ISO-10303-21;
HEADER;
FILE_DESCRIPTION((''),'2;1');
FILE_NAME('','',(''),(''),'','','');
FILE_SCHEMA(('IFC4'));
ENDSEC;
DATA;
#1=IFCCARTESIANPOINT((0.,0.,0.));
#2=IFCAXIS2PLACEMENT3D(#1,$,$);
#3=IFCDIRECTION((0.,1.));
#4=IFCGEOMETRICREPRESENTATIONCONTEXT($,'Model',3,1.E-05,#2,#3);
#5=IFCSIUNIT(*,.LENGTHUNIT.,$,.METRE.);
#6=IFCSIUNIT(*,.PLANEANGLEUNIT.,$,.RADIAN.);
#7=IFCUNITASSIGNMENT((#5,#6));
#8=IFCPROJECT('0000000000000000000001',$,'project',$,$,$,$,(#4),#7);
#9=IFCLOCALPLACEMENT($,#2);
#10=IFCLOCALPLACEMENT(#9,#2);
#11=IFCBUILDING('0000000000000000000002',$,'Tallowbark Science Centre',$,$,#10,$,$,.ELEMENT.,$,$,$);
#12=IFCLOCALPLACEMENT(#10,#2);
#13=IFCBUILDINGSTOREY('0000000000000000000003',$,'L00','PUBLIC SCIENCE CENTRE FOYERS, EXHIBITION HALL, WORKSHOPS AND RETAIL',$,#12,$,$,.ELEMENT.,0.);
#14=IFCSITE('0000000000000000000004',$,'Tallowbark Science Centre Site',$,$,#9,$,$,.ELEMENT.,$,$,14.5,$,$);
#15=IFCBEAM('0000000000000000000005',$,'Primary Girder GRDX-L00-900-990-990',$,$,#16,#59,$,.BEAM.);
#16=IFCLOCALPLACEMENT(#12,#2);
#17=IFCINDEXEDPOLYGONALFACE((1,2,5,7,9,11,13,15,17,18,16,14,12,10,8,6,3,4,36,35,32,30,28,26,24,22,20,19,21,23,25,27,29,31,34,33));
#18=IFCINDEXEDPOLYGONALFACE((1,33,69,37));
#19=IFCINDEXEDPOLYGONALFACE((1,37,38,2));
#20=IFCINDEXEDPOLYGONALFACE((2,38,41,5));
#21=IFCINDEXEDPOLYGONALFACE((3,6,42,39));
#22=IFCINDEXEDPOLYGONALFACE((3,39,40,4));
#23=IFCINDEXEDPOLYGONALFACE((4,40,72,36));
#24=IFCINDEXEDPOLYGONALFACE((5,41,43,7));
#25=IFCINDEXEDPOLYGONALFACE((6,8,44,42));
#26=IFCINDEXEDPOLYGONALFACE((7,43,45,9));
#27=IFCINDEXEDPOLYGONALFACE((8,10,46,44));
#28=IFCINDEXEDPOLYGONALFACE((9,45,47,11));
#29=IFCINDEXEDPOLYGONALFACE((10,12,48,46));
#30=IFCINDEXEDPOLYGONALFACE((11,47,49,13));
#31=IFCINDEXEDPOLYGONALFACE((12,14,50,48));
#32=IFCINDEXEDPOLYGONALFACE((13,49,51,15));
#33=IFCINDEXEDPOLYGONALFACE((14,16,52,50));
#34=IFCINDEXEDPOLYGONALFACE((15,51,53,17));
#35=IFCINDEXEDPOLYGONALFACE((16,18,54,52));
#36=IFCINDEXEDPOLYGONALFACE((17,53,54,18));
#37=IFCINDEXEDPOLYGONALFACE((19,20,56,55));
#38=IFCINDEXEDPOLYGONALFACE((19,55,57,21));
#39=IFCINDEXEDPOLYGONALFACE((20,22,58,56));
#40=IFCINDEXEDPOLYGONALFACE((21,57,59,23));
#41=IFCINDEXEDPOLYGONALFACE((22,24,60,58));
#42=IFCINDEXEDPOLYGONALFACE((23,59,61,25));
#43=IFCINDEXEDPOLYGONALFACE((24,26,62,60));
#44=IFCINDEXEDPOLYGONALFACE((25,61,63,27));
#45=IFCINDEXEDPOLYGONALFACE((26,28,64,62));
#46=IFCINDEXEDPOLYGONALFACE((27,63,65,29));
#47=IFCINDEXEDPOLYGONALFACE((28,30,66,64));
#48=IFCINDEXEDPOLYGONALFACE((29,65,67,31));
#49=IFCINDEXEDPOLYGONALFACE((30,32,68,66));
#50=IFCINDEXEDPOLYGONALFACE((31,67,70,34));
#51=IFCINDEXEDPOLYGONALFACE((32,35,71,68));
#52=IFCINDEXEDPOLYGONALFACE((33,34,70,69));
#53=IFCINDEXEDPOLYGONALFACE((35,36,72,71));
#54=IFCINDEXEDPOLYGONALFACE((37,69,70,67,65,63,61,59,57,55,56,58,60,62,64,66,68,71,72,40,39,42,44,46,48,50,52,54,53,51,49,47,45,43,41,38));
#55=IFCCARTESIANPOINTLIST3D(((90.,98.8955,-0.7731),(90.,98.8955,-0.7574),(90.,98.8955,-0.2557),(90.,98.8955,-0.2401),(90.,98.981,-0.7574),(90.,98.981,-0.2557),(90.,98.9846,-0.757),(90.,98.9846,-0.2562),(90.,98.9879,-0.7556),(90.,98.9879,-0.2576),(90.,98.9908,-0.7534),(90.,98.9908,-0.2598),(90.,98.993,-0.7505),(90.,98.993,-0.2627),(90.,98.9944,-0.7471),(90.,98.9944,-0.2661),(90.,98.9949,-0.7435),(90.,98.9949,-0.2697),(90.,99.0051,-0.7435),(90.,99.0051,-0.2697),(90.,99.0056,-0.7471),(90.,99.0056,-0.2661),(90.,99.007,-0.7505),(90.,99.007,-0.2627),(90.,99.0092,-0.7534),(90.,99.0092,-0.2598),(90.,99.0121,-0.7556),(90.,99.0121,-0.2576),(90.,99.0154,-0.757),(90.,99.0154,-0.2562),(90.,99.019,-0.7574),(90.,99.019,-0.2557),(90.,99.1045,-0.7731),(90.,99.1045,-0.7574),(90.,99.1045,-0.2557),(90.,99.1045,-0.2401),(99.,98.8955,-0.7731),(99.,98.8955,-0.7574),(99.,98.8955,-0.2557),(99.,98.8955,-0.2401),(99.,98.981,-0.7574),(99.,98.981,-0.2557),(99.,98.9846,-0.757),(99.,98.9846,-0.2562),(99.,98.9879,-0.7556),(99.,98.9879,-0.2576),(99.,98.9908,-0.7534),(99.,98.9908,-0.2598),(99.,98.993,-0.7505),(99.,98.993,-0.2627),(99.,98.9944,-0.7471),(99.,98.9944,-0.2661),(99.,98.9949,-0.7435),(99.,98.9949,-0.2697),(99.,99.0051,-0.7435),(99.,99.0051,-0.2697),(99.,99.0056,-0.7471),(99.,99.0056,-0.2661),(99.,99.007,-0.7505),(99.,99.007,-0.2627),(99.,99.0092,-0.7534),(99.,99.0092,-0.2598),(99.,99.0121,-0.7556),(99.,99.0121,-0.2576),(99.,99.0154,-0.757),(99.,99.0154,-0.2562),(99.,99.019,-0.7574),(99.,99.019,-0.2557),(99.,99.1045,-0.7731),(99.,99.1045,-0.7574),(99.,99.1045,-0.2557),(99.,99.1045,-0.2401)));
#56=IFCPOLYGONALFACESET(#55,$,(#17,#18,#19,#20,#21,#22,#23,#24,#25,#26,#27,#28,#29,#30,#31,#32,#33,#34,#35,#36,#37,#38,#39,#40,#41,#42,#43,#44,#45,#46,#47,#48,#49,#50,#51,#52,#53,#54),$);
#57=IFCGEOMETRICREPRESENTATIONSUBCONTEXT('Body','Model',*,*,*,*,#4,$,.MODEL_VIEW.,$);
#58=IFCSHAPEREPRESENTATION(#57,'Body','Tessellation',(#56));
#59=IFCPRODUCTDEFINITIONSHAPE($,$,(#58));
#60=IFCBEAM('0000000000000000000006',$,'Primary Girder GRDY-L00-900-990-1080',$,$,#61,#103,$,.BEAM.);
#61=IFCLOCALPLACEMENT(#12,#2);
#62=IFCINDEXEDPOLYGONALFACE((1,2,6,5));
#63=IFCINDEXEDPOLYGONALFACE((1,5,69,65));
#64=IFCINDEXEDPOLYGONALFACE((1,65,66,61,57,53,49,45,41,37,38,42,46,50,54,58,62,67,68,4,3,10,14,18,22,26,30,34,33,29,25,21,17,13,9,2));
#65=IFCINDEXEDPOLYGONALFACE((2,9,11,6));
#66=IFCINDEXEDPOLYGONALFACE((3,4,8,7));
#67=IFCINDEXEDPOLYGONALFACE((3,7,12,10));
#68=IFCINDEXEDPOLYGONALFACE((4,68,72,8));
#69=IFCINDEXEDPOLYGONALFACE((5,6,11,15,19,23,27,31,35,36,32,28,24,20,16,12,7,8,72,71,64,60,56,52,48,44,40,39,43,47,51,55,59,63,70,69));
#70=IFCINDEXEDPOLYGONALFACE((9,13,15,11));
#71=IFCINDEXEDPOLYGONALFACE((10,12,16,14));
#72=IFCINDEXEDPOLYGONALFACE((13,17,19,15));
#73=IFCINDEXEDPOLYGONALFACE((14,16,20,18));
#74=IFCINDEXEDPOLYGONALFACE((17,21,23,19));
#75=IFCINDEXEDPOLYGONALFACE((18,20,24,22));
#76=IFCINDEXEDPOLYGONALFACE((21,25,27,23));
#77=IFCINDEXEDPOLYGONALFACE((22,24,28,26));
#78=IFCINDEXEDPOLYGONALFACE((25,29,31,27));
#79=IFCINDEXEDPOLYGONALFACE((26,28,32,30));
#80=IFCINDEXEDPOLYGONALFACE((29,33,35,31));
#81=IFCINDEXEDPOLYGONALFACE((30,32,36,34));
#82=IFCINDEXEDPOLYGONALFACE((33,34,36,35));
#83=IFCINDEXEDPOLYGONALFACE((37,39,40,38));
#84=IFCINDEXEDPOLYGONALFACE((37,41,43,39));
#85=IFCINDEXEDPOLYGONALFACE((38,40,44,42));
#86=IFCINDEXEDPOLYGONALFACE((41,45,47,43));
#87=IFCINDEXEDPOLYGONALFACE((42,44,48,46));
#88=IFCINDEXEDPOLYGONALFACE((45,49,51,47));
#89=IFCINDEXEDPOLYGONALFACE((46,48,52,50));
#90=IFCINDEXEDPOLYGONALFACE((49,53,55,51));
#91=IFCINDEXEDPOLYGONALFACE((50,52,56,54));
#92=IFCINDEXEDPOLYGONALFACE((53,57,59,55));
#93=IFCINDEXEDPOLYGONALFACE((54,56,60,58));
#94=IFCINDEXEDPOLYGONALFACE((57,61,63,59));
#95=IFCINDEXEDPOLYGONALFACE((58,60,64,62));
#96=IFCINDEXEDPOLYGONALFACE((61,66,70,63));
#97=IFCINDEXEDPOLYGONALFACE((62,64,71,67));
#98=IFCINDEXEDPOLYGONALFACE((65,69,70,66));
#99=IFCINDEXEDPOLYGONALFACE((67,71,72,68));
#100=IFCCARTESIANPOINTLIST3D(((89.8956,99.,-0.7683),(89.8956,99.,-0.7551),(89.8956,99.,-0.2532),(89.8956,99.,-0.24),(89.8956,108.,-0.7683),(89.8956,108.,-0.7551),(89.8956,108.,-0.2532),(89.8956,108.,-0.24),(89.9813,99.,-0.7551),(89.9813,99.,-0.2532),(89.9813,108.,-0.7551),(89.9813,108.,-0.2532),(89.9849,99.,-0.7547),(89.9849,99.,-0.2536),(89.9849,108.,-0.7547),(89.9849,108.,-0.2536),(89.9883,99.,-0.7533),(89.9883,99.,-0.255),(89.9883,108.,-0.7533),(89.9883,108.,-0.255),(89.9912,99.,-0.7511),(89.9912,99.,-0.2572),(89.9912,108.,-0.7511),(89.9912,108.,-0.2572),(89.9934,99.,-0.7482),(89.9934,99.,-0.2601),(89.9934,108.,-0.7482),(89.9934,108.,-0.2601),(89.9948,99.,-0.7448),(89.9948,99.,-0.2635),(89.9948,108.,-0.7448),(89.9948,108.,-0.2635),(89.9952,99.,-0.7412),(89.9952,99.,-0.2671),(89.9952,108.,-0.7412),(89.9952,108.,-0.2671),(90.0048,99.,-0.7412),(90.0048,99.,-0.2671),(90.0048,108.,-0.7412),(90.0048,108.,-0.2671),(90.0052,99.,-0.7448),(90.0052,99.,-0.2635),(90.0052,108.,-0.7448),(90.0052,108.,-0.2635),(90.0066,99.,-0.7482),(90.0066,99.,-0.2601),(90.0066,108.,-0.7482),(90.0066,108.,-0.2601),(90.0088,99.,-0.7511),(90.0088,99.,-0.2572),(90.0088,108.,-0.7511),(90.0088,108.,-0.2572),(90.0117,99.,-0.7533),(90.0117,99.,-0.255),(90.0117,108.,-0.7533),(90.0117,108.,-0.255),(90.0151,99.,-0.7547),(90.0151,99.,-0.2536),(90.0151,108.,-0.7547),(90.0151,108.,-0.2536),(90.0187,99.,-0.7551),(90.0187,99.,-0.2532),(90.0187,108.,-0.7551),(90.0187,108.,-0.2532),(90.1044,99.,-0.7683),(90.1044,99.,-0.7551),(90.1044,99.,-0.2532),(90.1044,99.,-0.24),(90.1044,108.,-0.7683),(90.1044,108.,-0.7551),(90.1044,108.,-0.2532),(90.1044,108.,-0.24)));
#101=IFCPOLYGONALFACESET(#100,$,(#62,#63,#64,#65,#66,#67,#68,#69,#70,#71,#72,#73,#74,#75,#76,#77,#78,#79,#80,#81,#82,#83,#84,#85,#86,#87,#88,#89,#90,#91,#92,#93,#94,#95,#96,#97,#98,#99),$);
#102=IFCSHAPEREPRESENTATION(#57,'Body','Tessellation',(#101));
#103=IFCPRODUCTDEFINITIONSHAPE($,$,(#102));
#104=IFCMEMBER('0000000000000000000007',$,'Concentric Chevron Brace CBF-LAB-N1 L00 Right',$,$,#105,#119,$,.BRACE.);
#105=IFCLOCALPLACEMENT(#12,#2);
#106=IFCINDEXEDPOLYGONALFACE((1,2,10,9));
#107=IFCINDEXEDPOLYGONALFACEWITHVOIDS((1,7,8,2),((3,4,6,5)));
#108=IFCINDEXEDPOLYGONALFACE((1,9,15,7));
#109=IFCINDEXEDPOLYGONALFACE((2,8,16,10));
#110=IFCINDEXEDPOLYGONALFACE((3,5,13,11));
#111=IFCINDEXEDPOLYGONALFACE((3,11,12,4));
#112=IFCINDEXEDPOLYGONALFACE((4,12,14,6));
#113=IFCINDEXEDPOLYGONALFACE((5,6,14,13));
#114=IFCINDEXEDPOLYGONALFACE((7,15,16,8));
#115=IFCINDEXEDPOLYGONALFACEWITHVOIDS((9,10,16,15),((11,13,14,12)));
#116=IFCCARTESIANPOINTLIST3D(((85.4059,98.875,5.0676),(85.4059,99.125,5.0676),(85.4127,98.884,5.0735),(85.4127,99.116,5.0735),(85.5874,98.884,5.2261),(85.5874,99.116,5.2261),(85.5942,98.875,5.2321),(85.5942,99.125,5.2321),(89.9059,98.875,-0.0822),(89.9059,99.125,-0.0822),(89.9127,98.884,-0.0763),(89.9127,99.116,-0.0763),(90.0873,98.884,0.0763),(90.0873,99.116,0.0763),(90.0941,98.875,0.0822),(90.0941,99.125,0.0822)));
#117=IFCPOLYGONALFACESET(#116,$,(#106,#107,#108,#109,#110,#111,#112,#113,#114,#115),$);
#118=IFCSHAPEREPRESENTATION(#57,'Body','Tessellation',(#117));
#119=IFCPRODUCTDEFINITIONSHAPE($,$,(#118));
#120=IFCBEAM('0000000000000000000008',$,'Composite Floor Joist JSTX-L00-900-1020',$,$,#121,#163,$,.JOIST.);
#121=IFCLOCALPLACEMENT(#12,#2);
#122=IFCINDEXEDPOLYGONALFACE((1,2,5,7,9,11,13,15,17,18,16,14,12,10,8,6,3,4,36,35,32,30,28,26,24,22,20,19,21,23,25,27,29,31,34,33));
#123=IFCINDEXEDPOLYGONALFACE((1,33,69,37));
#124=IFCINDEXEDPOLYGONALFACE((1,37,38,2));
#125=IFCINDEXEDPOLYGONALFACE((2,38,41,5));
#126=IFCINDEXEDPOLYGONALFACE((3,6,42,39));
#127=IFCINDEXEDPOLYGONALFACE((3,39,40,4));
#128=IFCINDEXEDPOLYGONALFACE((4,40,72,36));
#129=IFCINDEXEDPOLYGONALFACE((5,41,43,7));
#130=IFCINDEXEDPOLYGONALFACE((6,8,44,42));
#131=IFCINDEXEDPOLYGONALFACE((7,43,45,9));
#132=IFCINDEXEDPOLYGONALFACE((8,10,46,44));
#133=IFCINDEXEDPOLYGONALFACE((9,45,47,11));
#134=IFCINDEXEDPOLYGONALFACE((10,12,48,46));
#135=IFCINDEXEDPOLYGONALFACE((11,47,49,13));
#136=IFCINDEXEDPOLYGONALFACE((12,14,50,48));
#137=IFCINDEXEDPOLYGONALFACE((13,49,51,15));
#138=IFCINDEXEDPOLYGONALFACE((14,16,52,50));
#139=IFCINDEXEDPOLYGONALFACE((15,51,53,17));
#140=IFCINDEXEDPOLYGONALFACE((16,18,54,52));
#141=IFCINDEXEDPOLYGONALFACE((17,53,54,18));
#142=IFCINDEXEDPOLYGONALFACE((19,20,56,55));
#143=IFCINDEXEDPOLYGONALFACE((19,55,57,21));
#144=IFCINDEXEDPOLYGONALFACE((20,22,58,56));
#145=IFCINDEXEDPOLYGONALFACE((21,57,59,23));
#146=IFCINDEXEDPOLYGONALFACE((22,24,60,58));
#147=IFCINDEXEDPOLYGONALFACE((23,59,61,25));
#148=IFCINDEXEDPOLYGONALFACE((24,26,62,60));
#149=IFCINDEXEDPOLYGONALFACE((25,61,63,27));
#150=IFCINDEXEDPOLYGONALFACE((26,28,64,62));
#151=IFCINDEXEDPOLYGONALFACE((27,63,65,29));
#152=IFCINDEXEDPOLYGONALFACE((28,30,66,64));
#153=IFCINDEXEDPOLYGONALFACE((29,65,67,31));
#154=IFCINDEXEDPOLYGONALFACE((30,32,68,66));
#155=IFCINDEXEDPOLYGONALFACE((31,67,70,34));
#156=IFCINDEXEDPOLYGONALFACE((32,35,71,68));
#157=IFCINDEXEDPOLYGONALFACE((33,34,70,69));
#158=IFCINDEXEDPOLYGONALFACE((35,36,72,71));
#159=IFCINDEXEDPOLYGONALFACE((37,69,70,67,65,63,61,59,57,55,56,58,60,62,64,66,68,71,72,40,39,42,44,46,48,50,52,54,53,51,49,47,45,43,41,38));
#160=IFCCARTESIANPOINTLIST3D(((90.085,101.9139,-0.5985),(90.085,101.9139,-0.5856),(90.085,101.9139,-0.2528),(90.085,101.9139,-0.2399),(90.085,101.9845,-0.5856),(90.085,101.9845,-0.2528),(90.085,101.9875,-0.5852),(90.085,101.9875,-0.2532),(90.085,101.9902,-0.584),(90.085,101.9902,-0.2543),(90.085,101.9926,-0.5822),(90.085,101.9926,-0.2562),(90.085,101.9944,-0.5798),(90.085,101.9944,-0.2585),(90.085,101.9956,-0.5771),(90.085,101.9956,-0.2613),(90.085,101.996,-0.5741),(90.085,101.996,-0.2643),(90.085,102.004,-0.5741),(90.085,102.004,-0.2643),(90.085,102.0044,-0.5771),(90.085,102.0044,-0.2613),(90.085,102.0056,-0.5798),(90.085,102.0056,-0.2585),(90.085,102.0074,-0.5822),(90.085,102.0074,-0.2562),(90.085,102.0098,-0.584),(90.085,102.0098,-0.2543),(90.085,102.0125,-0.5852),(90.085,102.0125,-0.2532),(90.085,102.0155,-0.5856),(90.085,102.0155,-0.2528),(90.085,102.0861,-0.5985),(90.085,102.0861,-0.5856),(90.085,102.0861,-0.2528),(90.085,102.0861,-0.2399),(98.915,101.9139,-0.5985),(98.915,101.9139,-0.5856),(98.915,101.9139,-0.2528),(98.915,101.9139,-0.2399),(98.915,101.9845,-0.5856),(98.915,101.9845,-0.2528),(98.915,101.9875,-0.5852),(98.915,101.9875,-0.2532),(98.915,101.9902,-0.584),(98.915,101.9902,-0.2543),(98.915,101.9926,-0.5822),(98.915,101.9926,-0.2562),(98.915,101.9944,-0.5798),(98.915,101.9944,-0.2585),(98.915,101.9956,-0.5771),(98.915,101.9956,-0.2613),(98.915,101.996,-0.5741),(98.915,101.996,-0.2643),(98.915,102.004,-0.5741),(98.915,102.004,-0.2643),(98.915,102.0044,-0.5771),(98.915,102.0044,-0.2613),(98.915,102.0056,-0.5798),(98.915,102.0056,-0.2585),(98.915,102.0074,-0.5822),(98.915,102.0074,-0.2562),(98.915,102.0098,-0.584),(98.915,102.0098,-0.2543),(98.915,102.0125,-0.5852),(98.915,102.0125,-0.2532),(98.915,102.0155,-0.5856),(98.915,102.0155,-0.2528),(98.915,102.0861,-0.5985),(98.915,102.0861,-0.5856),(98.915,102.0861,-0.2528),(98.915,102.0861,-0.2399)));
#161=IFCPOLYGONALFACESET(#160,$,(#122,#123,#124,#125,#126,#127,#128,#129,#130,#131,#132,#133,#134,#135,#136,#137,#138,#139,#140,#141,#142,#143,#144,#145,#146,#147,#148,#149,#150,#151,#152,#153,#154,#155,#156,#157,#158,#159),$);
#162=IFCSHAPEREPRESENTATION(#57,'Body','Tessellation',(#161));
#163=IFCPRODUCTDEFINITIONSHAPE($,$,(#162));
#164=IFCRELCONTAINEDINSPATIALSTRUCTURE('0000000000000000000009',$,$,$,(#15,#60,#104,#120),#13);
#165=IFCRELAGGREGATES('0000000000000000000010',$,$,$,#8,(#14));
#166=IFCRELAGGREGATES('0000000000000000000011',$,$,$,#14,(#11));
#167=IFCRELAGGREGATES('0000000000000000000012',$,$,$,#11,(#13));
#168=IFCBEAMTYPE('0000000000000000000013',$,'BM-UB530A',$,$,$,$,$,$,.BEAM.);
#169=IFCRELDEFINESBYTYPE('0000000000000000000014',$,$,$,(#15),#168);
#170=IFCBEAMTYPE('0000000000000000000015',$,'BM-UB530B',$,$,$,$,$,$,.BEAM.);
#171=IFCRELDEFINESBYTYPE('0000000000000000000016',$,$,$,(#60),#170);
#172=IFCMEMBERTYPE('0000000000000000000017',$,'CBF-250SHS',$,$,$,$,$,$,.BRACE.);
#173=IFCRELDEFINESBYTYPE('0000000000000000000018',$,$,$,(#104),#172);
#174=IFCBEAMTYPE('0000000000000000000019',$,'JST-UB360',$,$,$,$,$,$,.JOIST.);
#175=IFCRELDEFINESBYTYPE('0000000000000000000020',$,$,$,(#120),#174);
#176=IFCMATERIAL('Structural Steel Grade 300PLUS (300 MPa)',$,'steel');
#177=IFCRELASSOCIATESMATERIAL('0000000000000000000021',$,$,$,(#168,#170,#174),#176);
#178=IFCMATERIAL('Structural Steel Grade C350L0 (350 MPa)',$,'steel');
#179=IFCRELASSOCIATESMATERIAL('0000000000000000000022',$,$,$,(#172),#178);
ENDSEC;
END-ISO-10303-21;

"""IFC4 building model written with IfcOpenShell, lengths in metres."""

from ifc_helpers import new_model, si_unit, direction, frame, origin, origin_2d, place, context, subcontext, project, spatial, hollow_rectangle, i_section, extrude, material, material_profile, profile_set, type_object, element, save


model = new_model("IFC4")

# Units and contexts
model_context = context("Model", 3, precision=1e-05, world=origin(), true_north=direction((0.0, 1.0)))
body_context = subcontext(model_context, "Body", "Model", "MODEL_VIEW")
ifc_project = project(units=[si_unit("LENGTHUNIT", "METRE"), si_unit("PLANEANGLEUNIT", "RADIAN")], contexts=[model_context])

# Site, building, storey
site_placement = place(None, origin())
site = spatial("IfcSite", under=ifc_project, at=site_placement, Name="Tallowbark Science Centre Site", CompositionType="ELEMENT", RefElevation=14.5)
building_placement = place(site_placement, origin())
building = spatial("IfcBuilding", under=site, at=building_placement, Name="Tallowbark Science Centre", CompositionType="ELEMENT")
storey_placement = place(building_placement, origin())
storey = spatial("IfcBuildingStorey", under=building, at=storey_placement, Name="L00", Description="PUBLIC SCIENCE CENTRE FOYERS, EXHIBITION HALL, WORKSHOPS AND RETAIL", CompositionType="ELEMENT", Elevation=0.0)

# Shared definitions
ifc_material_1 = material(Name="Structural Steel Grade 300PLUS (300 MPa)", Category="steel")

# Beams
ifc_material_profile_1 = material_profile(ifc_material_1, i_section(OverallWidth=0.209, OverallDepth=0.533, WebThickness=0.0103, FlangeThickness=0.0156, FilletRadius=0.0139, at=origin_2d()), Name="530UB92.4")
ifc_profile_set_1 = profile_set([ifc_material_profile_1], Name="Structural Steel Grade 300PLUS (300 MPa)")
beam_type_1 = type_object("IfcBeamType", Name="BM-UB530A", PredefinedType="BEAM", material=ifc_profile_set_1)
beam_1_placement = place(storey_placement, frame((90.0, 99.0, -0.5066), z_axis=(1.0, 0.0, 0.0), x_axis=(0.0, 1.0, 0.0)))
element("IfcBeam", 1, at=beam_1_placement, inside=storey, type_object=beam_type_1, Name="Primary Girder GRDX-L00-900-990-990", PredefinedType="BEAM", context=body_context, shape_type="SweptSolid", body=[
    extrude(i_section(OverallWidth=0.209, OverallDepth=0.533, WebThickness=0.0103, FlangeThickness=0.0156, FilletRadius=0.0139, at=origin_2d()), origin(), (0.0, 0.0, 1.0), 9.0),
])
ifc_material_profile_2 = material_profile(ifc_material_1, i_section(OverallWidth=0.2087, OverallDepth=0.5283, WebThickness=0.0095, FlangeThickness=0.0132, FilletRadius=0.0139, at=origin_2d()), Name="530UB82.0")
ifc_profile_set_2 = profile_set([ifc_material_profile_2], Name="Structural Steel Grade 300PLUS (300 MPa)")
beam_type_2 = type_object("IfcBeamType", Name="BM-UB530B", PredefinedType="BEAM", material=ifc_profile_set_2)
beam_2_placement = place(storey_placement, frame((90.0, 99.0, -0.5042), z_axis=(0.0, 1.0, 0.0), x_axis=(-1.0, 0.0, 0.0)))
element("IfcBeam", 2, at=beam_2_placement, inside=storey, type_object=beam_type_2, Name="Primary Girder GRDY-L00-900-990-1080", PredefinedType="BEAM", context=body_context, shape_type="SweptSolid", body=[
    extrude(i_section(OverallWidth=0.2087, OverallDepth=0.5283, WebThickness=0.0095, FlangeThickness=0.0132, FilletRadius=0.0139, at=origin_2d()), origin(), (0.0, 0.0, 1.0), 9.0),
])

# Member
ifc_material_2 = material(Name="Structural Steel Grade C350L0 (350 MPa)", Category="steel")
ifc_material_profile_3 = material_profile(ifc_material_2, hollow_rectangle(XDim=0.25, YDim=0.25, WallThickness=0.009, at=origin_2d()), Name="250x250x9.0SHS")
ifc_profile_set_3 = profile_set([ifc_material_profile_3], Name="Structural Steel Grade C350L0 (350 MPa)")
member_type = type_object("IfcMemberType", Name="CBF-250SHS", PredefinedType="BRACE", material=ifc_profile_set_3)
member_placement = place(storey_placement, frame((90.0, 99.0, 0.0), z_axis=(-0.657994, 0.0, 0.753023), x_axis=(0.0, -1.0, 0.0)))
element("IfcMember", 3, at=member_placement, inside=storey, type_object=member_type, Name="Concentric Chevron Brace CBF-LAB-N1 L00 Right", PredefinedType="BRACE", context=body_context, shape_type="SweptSolid", body=[
    extrude(hollow_rectangle(XDim=0.25, YDim=0.25, WallThickness=0.009, at=origin_2d()), origin(), (0.0, 0.0, 1.0), 6.8389),
])

# Beam
ifc_material_profile_4 = material_profile(ifc_material_1, i_section(OverallWidth=0.1721, OverallDepth=0.3586, WebThickness=0.0081, FlangeThickness=0.0129, FilletRadius=0.0115, at=origin_2d()), Name="360UB56.7")
ifc_profile_set_4 = profile_set([ifc_material_profile_4], Name="Structural Steel Grade 300PLUS (300 MPa)")
beam_type_3 = type_object("IfcBeamType", Name="JST-UB360", PredefinedType="JOIST", material=ifc_profile_set_4)
for number, where, z_axis, x_axis, name in (
    (4, (90.085, 102.0, -0.4192), (1.0, 0.0, 0.0), (0.0, 1.0, 0.0), "Composite Floor Joist JSTX-L00-900-1020"),
):
    element("IfcBeam", number, at=place(storey_placement, frame(where, z_axis=z_axis, x_axis=x_axis)), inside=storey, type_object=beam_type_3, Name=name, PredefinedType="JOIST", context=body_context, shape_type="SweptSolid", body=[
        extrude(i_section(OverallWidth=0.1721, OverallDepth=0.3586, WebThickness=0.0081, FlangeThickness=0.0129, FilletRadius=0.0115, at=origin_2d()), origin(), (0.0, 0.0, 1.0), 8.8301),
    ])

save(model, "model.ifc")
